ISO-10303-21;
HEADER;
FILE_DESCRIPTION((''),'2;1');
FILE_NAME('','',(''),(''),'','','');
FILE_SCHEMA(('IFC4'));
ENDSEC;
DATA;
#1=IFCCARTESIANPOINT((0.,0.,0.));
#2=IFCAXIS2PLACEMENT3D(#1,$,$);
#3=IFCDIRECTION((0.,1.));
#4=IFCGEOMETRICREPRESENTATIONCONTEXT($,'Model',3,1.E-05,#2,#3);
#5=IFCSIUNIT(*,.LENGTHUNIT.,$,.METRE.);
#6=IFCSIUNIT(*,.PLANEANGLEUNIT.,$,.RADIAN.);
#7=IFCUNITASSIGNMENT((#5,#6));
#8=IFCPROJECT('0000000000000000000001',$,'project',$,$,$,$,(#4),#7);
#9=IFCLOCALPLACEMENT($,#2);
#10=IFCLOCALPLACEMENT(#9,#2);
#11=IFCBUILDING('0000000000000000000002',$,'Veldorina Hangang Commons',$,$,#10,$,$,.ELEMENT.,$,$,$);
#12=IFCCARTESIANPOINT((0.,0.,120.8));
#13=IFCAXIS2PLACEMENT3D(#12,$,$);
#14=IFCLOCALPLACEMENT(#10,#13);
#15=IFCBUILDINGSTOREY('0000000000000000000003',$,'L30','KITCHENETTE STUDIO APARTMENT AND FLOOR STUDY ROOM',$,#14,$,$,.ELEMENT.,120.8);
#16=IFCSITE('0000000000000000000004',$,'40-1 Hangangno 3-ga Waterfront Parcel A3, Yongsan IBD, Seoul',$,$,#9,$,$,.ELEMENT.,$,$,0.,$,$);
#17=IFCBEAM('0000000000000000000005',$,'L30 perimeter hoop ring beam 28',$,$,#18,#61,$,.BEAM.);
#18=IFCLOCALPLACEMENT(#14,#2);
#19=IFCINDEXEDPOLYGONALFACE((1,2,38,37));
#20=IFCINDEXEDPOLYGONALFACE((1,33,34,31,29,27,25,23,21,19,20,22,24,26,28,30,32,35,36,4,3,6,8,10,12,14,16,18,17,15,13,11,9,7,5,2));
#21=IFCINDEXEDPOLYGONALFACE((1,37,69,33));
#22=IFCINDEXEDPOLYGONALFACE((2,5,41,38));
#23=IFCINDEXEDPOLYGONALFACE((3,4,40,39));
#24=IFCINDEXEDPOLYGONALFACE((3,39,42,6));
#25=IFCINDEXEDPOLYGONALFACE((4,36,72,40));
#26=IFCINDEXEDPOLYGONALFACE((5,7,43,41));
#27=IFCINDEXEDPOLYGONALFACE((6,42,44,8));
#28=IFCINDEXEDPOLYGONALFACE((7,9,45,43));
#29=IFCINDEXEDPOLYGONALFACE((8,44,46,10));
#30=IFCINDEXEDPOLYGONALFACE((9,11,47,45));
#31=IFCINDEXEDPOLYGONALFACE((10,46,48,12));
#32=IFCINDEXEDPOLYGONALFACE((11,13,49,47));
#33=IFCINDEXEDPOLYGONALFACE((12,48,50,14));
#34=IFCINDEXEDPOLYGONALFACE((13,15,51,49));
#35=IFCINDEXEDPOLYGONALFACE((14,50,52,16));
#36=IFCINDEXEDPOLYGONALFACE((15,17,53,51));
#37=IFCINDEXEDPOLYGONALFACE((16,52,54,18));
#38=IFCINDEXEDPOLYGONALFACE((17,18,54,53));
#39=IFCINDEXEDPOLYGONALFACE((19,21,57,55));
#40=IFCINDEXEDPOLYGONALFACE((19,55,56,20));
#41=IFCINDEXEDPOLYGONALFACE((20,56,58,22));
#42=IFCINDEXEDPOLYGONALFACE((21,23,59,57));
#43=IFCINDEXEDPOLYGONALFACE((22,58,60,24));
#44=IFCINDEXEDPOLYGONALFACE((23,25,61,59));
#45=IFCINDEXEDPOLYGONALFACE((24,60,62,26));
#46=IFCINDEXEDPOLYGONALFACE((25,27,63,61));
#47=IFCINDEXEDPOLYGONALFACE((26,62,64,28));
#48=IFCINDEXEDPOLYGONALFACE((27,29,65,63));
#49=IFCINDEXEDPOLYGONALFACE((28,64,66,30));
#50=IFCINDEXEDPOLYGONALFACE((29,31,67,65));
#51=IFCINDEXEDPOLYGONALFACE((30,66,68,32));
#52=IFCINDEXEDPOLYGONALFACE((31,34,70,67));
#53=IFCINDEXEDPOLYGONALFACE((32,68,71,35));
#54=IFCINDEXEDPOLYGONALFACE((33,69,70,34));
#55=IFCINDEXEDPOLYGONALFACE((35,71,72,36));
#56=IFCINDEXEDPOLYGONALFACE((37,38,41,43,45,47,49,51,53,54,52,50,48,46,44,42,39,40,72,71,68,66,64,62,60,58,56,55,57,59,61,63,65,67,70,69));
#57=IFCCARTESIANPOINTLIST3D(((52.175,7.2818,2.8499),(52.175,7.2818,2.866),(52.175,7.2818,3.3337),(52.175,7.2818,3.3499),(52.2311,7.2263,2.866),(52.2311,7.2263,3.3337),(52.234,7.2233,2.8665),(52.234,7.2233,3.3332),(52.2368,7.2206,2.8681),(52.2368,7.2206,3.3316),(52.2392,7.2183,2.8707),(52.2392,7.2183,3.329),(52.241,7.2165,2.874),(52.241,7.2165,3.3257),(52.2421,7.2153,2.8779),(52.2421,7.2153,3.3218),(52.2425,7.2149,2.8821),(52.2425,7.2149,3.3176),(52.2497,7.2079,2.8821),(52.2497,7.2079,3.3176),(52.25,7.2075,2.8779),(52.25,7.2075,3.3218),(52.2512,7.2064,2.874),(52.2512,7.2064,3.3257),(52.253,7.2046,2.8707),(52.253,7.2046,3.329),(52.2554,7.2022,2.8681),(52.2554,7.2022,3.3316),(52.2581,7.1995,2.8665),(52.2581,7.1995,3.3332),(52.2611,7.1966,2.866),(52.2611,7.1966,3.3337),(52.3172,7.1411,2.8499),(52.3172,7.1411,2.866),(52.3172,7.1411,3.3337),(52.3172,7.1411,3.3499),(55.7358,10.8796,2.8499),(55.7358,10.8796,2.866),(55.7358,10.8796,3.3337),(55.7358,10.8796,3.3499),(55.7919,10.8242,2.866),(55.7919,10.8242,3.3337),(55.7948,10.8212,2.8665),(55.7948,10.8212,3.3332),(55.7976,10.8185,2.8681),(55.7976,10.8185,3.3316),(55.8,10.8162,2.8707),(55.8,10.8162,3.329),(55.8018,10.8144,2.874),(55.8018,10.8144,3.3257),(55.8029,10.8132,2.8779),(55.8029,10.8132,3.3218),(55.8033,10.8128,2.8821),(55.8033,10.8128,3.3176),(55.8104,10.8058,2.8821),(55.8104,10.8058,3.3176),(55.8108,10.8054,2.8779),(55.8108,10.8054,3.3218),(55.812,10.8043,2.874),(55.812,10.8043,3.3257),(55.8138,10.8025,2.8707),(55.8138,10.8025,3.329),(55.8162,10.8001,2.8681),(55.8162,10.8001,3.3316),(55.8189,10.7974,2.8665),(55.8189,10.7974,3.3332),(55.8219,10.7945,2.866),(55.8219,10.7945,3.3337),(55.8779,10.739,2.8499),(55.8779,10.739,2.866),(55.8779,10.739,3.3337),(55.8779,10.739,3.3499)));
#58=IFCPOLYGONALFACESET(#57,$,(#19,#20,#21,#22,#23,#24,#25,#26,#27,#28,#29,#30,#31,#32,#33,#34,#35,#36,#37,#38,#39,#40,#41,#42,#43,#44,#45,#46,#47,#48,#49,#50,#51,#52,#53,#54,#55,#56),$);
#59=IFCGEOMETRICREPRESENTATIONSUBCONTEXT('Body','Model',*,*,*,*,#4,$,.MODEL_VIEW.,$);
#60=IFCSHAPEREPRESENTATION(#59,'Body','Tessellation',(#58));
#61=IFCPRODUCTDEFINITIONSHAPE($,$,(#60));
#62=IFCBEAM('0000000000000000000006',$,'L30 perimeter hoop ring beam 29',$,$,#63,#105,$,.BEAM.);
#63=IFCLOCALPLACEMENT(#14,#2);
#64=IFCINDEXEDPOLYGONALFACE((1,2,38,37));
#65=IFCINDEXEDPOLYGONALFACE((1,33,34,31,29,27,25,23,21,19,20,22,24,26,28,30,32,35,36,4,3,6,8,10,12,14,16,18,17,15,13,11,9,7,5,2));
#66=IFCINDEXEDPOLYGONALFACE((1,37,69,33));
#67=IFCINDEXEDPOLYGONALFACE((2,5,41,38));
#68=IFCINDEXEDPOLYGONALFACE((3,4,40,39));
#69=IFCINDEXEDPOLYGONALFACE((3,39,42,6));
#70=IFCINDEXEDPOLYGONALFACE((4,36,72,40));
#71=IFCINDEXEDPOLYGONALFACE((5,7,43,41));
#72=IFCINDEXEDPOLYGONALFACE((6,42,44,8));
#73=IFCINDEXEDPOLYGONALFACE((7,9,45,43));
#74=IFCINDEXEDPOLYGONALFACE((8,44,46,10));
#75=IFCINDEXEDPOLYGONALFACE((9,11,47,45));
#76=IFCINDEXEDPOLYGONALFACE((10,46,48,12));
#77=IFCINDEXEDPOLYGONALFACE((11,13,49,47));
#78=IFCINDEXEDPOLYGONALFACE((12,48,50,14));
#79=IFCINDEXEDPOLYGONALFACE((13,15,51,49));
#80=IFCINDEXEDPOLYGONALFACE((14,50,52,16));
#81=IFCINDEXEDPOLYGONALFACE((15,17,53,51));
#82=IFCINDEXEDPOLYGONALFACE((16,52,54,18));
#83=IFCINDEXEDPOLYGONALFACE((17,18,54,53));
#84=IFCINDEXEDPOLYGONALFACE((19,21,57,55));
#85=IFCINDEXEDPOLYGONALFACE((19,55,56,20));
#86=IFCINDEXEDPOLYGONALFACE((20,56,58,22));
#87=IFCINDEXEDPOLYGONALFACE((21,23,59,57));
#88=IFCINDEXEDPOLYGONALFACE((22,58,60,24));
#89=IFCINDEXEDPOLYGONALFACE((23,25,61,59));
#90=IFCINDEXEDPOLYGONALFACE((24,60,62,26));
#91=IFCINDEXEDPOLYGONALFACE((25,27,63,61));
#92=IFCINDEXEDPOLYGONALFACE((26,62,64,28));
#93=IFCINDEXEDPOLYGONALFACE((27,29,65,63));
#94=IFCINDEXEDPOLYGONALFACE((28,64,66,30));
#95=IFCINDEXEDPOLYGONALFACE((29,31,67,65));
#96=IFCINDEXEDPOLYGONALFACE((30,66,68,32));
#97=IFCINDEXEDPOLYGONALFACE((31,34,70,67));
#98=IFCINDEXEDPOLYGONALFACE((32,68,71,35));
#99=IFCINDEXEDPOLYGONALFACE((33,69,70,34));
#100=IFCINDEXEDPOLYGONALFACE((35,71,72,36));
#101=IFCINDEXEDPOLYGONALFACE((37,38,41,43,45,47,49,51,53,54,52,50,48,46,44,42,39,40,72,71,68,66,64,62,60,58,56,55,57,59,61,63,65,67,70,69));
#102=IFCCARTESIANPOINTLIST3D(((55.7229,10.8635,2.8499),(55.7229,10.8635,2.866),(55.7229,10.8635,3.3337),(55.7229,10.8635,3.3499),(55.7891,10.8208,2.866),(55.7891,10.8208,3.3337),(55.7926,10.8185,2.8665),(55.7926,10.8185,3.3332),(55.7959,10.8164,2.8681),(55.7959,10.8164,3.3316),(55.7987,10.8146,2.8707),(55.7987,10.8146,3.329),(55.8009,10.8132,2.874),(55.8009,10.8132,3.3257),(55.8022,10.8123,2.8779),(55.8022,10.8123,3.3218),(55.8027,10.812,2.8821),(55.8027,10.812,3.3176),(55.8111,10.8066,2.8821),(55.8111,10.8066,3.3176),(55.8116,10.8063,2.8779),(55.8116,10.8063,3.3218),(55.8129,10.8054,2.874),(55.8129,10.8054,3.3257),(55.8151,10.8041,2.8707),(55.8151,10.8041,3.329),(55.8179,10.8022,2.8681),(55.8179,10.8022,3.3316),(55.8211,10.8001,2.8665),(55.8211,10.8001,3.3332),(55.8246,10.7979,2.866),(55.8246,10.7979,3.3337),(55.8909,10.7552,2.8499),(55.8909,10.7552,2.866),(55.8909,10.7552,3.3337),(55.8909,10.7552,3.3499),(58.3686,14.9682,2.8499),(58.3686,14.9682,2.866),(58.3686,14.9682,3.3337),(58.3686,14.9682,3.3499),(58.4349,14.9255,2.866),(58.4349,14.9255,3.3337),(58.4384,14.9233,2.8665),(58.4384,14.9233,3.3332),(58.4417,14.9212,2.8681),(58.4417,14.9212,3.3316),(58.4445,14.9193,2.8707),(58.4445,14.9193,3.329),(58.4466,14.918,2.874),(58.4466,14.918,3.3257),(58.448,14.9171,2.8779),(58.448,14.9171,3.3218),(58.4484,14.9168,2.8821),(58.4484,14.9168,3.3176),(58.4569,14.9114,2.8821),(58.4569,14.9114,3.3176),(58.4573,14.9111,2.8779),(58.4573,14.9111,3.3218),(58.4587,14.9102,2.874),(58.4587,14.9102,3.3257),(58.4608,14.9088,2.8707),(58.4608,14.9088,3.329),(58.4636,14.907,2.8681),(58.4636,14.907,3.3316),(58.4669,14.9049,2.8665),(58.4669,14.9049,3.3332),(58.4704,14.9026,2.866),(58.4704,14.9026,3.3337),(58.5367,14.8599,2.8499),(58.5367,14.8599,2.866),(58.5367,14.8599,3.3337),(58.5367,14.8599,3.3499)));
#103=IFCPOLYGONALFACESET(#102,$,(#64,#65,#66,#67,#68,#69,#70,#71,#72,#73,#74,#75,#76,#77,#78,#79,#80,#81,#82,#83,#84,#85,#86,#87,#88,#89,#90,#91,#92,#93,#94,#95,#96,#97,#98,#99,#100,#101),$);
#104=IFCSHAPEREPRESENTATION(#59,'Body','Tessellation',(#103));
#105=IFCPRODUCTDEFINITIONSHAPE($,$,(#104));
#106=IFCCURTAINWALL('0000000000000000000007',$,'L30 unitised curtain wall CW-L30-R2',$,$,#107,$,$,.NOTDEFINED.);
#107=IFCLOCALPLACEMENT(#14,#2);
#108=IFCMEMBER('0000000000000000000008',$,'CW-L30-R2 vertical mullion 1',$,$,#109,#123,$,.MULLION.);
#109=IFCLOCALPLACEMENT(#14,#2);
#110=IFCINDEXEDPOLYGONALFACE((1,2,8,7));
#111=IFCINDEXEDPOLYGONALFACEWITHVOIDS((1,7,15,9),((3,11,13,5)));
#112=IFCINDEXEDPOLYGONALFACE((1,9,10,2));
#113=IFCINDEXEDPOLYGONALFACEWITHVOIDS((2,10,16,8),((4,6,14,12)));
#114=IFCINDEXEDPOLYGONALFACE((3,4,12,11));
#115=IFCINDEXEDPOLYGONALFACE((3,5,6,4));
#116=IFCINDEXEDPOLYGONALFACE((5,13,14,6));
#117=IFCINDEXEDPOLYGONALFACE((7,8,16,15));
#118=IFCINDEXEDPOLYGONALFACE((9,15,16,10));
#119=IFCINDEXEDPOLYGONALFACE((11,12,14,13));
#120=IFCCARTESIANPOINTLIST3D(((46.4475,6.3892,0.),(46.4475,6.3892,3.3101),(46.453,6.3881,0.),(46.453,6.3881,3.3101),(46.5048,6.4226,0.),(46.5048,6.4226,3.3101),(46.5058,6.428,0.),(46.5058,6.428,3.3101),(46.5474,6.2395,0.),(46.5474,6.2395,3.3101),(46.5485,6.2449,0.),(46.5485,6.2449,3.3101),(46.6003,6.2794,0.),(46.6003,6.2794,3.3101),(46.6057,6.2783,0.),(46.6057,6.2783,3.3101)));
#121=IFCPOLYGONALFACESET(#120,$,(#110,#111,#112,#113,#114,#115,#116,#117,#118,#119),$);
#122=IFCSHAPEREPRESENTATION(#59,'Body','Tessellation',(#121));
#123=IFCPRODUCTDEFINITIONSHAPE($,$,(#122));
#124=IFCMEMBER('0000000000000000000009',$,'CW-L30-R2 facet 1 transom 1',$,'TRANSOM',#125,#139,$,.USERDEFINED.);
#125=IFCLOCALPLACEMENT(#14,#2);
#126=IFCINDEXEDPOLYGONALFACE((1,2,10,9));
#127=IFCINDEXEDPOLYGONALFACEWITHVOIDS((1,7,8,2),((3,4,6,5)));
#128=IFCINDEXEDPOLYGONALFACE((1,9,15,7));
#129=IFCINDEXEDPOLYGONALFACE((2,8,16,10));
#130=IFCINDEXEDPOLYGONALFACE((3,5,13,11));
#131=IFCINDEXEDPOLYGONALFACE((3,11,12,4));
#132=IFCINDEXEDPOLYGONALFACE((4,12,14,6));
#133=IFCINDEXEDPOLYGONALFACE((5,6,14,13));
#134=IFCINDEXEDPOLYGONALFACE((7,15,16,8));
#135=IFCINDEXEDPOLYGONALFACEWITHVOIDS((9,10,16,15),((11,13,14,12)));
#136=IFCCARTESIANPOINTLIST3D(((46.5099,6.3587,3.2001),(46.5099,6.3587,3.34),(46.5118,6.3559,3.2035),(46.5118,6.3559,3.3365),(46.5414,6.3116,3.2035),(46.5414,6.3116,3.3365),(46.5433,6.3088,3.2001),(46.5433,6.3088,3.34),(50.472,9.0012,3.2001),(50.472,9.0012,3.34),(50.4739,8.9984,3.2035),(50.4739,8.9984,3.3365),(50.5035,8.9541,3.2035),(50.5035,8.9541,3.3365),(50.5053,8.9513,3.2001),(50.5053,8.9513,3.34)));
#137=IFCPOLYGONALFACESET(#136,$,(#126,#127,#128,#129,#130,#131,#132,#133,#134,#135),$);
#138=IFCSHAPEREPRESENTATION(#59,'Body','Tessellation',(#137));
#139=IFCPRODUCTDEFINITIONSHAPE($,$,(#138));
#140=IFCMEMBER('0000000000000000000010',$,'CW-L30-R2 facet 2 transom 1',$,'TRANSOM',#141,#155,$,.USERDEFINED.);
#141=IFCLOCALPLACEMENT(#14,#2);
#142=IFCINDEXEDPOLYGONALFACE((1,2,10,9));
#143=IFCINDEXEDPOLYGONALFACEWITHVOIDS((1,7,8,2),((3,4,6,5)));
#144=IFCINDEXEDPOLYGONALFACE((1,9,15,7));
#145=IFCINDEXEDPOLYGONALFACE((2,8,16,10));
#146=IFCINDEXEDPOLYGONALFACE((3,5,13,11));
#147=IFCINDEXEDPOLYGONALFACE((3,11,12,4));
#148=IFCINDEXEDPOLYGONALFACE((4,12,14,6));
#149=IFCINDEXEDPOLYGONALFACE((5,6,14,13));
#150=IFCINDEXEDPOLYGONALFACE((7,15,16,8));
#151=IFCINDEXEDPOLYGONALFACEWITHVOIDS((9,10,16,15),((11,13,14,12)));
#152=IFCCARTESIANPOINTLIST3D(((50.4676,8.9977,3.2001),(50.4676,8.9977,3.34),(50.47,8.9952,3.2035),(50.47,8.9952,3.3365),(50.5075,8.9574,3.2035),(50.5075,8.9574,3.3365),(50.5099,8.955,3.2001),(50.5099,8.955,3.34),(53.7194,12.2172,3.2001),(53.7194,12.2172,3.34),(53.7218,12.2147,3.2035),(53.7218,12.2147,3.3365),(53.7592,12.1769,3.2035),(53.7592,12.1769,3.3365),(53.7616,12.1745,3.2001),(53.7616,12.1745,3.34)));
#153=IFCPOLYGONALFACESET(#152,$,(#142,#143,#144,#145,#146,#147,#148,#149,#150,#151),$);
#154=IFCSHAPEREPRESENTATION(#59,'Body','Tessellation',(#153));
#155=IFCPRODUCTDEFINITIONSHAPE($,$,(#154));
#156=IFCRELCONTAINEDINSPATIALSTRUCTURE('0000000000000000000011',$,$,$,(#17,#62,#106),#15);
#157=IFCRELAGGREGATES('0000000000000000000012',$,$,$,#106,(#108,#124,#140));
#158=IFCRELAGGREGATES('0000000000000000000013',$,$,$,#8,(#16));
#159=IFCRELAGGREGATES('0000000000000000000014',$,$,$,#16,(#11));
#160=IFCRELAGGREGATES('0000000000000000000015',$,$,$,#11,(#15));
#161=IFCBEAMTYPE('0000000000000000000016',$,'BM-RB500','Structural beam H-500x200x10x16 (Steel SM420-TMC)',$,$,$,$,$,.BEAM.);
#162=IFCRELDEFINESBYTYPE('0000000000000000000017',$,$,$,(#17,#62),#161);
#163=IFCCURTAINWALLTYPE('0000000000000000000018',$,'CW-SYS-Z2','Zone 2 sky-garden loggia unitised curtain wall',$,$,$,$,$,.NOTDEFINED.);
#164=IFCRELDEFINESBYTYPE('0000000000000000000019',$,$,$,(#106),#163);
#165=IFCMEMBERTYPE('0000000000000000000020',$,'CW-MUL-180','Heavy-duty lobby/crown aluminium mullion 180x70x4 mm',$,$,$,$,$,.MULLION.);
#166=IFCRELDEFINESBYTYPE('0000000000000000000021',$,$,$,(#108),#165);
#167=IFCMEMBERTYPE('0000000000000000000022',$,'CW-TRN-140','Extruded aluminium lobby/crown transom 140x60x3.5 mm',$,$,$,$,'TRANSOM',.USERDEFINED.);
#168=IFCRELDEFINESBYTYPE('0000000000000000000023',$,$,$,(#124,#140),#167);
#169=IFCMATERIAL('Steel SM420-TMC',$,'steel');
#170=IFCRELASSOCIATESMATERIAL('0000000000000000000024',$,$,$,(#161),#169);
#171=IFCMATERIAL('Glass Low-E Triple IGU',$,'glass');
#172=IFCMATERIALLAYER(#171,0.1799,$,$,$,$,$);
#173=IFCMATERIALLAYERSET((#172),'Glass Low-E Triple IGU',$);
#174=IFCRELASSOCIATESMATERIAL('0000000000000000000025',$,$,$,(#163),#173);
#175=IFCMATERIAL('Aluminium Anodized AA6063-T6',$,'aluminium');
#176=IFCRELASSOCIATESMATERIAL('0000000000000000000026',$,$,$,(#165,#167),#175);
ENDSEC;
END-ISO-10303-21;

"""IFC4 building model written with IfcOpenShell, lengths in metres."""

from ifc_helpers import new_model, si_unit, direction, frame, origin, origin_2d, place, context, subcontext, project, spatial, hollow_rectangle, i_section, extrude, material, layer, layer_set, material_profile, profile_set, type_object, element, aggregate, save


model = new_model("IFC4")

# Units and contexts
model_context = context("Model", 3, precision=1e-05, world=origin(), true_north=direction((0.0, 1.0)))
body_context = subcontext(model_context, "Body", "Model", "MODEL_VIEW")
ifc_project = project(units=[si_unit("LENGTHUNIT", "METRE"), si_unit("PLANEANGLEUNIT", "RADIAN")], contexts=[model_context])

# Site, building, storey
site_placement = place(None, origin())
site = spatial("IfcSite", under=ifc_project, at=site_placement, Name="40-1 Hangangno 3-ga Waterfront Parcel A3, Yongsan IBD, Seoul", CompositionType="ELEMENT", RefElevation=0.0)
building_placement = place(site_placement, origin())
building = spatial("IfcBuilding", under=site, at=building_placement, Name="Veldorina Hangang Commons", CompositionType="ELEMENT")
storey_placement = place(building_placement, frame((0.0, 0.0, 120.8)))
storey = spatial("IfcBuildingStorey", under=building, at=storey_placement, Name="L30", Description="KITCHENETTE STUDIO APARTMENT AND FLOOR STUDY ROOM", CompositionType="ELEMENT", Elevation=120.8)

# Beams
ifc_material_1 = material(Name="Steel SM420-TMC", Category="steel")
ifc_material_profile_1 = material_profile(ifc_material_1, i_section(OverallWidth=0.2, OverallDepth=0.5, WebThickness=0.01, FlangeThickness=0.0161, FilletRadius=0.0161, at=origin_2d()), Name="H-500x200x10x16")
ifc_profile_set_1 = profile_set([ifc_material_profile_1], Name="Steel SM420-TMC")
beam_type_1 = type_object("IfcBeamType", Name="BM-RB500", Description="Structural beam H-500x200x10x16 (Steel SM420-TMC)", PredefinedType="BEAM", material=ifc_profile_set_1)
beam_1_placement = place(storey_placement, frame((52.2461, 7.2114, 3.0999), z_axis=(0.703432, 0.710763, 0.0), x_axis=(-0.710763, 0.703432, 0.0)))
element("IfcBeam", 1, at=beam_1_placement, inside=storey, type_object=beam_type_1, Name="L30 perimeter hoop ring beam 28", PredefinedType="BEAM", context=body_context, shape_type="SweptSolid", body=[
    extrude(i_section(OverallWidth=0.2, OverallDepth=0.5, WebThickness=0.01, FlangeThickness=0.0161, FilletRadius=0.0161, at=origin_2d()), origin(), (0.0, 0.0, 1.0), 5.062),
])
beam_2_placement = place(storey_placement, frame((55.8069, 10.8093, 3.0999), z_axis=(0.54177, 0.840527, 0.0), x_axis=(-0.840527, 0.54177, 0.0)))
element("IfcBeam", 2, at=beam_2_placement, inside=storey, type_object=beam_type_1, Name="L30 perimeter hoop ring beam 29", PredefinedType="BEAM", context=body_context, shape_type="SweptSolid", body=[
    extrude(i_section(OverallWidth=0.2, OverallDepth=0.5, WebThickness=0.01, FlangeThickness=0.0161, FilletRadius=0.0161, at=origin_2d()), origin(), (0.0, 0.0, 1.0), 4.8835),
])

# Curtain wall, members
ifc_material_2 = material(Name="Glass Low-E Triple IGU", Category="glass")
ifc_layer_1 = layer(ifc_material_2, 0.1799)
ifc_layer_set_1 = layer_set([ifc_layer_1], Name="Glass Low-E Triple IGU")
curtain_wall_type = type_object("IfcCurtainWallType", Name="CW-SYS-Z2", Description="Zone 2 sky-garden loggia unitised curtain wall", PredefinedType="NOTDEFINED", material=ifc_layer_set_1)
curtain_wall_placement = place(storey_placement, origin())
curtain_wall = element("IfcCurtainWall", 3, at=curtain_wall_placement, inside=storey, type_object=curtain_wall_type, Name="L30 unitised curtain wall CW-L30-R2", PredefinedType="NOTDEFINED")
ifc_material_3 = material(Name="Aluminium Anodized AA6063-T6", Category="aluminium")
ifc_material_profile_2 = material_profile(ifc_material_3, hollow_rectangle(XDim=0.0701, YDim=0.1799, WallThickness=0.0039, at=origin_2d()), Name="ALU-RHS-180x70x4")
ifc_profile_set_2 = profile_set([ifc_material_profile_2], Name="Aluminium Anodized AA6063-T6")
member_type_1 = type_object("IfcMemberType", Name="CW-MUL-180", Description="Heavy-duty lobby/crown aluminium mullion 180x70x4 mm", PredefinedType="MULLION", material=ifc_profile_set_2)
member_1_placement = place(storey_placement, frame((46.5266, 6.3337, 0.0), z_axis=(0.0, 0.0, 1.0), x_axis=(0.831964, 0.55483, 0.0)))
member_1 = element("IfcMember", 4, at=member_1_placement, type_object=member_type_1, Name="CW-L30-R2 vertical mullion 1", PredefinedType="MULLION", context=body_context, shape_type="SweptSolid", body=[
    extrude(hollow_rectangle(XDim=0.0701, YDim=0.1799, WallThickness=0.0039, at=origin_2d()), origin(), (0.0, 0.0, 1.0), 3.3101),
])
ifc_material_profile_3 = material_profile(ifc_material_3, hollow_rectangle(XDim=0.0601, YDim=0.1399, WallThickness=0.0034, at=origin_2d()), Name="ALU-RHS-140x60x3.5")
ifc_profile_set_3 = profile_set([ifc_material_profile_3], Name="Aluminium Anodized AA6063-T6")
member_type_2 = type_object("IfcMemberType", Name="CW-TRN-140", Description="Extruded aluminium lobby/crown transom 140x60x3.5 mm", ElementType="TRANSOM", PredefinedType="USERDEFINED", material=ifc_profile_set_3)
member_2_placement = place(storey_placement, frame((46.5266, 6.3337, 3.27), z_axis=(0.83194, 0.554866, 0.0), x_axis=(-0.554866, 0.83194, 0.0)))
member_2 = element("IfcMember", 5, at=member_2_placement, type_object=member_type_2, Name="CW-L30-R2 facet 1 transom 1", ObjectType="TRANSOM", PredefinedType="USERDEFINED", context=body_context, shape_type="SweptSolid", body=[
    extrude(hollow_rectangle(XDim=0.0601, YDim=0.1399, WallThickness=0.0034, at=origin_2d()), origin(), (0.0, 0.0, 1.0), 4.7625),
])
member_3_placement = place(storey_placement, frame((50.4888, 8.9763, 3.27), z_axis=(0.710619, 0.703577, 0.0), x_axis=(-0.703577, 0.710619, 0.0)))
member_3 = element("IfcMember", 6, at=member_3_placement, type_object=member_type_2, Name="CW-L30-R2 facet 2 transom 1", ObjectType="TRANSOM", PredefinedType="USERDEFINED", context=body_context, shape_type="SweptSolid", body=[
    extrude(hollow_rectangle(XDim=0.0601, YDim=0.1399, WallThickness=0.0034, at=origin_2d()), origin(), (0.0, 0.0, 1.0), 4.5759),
])

aggregate(curtain_wall, [member_1, member_2, member_3])

save(model, "model.ifc")
